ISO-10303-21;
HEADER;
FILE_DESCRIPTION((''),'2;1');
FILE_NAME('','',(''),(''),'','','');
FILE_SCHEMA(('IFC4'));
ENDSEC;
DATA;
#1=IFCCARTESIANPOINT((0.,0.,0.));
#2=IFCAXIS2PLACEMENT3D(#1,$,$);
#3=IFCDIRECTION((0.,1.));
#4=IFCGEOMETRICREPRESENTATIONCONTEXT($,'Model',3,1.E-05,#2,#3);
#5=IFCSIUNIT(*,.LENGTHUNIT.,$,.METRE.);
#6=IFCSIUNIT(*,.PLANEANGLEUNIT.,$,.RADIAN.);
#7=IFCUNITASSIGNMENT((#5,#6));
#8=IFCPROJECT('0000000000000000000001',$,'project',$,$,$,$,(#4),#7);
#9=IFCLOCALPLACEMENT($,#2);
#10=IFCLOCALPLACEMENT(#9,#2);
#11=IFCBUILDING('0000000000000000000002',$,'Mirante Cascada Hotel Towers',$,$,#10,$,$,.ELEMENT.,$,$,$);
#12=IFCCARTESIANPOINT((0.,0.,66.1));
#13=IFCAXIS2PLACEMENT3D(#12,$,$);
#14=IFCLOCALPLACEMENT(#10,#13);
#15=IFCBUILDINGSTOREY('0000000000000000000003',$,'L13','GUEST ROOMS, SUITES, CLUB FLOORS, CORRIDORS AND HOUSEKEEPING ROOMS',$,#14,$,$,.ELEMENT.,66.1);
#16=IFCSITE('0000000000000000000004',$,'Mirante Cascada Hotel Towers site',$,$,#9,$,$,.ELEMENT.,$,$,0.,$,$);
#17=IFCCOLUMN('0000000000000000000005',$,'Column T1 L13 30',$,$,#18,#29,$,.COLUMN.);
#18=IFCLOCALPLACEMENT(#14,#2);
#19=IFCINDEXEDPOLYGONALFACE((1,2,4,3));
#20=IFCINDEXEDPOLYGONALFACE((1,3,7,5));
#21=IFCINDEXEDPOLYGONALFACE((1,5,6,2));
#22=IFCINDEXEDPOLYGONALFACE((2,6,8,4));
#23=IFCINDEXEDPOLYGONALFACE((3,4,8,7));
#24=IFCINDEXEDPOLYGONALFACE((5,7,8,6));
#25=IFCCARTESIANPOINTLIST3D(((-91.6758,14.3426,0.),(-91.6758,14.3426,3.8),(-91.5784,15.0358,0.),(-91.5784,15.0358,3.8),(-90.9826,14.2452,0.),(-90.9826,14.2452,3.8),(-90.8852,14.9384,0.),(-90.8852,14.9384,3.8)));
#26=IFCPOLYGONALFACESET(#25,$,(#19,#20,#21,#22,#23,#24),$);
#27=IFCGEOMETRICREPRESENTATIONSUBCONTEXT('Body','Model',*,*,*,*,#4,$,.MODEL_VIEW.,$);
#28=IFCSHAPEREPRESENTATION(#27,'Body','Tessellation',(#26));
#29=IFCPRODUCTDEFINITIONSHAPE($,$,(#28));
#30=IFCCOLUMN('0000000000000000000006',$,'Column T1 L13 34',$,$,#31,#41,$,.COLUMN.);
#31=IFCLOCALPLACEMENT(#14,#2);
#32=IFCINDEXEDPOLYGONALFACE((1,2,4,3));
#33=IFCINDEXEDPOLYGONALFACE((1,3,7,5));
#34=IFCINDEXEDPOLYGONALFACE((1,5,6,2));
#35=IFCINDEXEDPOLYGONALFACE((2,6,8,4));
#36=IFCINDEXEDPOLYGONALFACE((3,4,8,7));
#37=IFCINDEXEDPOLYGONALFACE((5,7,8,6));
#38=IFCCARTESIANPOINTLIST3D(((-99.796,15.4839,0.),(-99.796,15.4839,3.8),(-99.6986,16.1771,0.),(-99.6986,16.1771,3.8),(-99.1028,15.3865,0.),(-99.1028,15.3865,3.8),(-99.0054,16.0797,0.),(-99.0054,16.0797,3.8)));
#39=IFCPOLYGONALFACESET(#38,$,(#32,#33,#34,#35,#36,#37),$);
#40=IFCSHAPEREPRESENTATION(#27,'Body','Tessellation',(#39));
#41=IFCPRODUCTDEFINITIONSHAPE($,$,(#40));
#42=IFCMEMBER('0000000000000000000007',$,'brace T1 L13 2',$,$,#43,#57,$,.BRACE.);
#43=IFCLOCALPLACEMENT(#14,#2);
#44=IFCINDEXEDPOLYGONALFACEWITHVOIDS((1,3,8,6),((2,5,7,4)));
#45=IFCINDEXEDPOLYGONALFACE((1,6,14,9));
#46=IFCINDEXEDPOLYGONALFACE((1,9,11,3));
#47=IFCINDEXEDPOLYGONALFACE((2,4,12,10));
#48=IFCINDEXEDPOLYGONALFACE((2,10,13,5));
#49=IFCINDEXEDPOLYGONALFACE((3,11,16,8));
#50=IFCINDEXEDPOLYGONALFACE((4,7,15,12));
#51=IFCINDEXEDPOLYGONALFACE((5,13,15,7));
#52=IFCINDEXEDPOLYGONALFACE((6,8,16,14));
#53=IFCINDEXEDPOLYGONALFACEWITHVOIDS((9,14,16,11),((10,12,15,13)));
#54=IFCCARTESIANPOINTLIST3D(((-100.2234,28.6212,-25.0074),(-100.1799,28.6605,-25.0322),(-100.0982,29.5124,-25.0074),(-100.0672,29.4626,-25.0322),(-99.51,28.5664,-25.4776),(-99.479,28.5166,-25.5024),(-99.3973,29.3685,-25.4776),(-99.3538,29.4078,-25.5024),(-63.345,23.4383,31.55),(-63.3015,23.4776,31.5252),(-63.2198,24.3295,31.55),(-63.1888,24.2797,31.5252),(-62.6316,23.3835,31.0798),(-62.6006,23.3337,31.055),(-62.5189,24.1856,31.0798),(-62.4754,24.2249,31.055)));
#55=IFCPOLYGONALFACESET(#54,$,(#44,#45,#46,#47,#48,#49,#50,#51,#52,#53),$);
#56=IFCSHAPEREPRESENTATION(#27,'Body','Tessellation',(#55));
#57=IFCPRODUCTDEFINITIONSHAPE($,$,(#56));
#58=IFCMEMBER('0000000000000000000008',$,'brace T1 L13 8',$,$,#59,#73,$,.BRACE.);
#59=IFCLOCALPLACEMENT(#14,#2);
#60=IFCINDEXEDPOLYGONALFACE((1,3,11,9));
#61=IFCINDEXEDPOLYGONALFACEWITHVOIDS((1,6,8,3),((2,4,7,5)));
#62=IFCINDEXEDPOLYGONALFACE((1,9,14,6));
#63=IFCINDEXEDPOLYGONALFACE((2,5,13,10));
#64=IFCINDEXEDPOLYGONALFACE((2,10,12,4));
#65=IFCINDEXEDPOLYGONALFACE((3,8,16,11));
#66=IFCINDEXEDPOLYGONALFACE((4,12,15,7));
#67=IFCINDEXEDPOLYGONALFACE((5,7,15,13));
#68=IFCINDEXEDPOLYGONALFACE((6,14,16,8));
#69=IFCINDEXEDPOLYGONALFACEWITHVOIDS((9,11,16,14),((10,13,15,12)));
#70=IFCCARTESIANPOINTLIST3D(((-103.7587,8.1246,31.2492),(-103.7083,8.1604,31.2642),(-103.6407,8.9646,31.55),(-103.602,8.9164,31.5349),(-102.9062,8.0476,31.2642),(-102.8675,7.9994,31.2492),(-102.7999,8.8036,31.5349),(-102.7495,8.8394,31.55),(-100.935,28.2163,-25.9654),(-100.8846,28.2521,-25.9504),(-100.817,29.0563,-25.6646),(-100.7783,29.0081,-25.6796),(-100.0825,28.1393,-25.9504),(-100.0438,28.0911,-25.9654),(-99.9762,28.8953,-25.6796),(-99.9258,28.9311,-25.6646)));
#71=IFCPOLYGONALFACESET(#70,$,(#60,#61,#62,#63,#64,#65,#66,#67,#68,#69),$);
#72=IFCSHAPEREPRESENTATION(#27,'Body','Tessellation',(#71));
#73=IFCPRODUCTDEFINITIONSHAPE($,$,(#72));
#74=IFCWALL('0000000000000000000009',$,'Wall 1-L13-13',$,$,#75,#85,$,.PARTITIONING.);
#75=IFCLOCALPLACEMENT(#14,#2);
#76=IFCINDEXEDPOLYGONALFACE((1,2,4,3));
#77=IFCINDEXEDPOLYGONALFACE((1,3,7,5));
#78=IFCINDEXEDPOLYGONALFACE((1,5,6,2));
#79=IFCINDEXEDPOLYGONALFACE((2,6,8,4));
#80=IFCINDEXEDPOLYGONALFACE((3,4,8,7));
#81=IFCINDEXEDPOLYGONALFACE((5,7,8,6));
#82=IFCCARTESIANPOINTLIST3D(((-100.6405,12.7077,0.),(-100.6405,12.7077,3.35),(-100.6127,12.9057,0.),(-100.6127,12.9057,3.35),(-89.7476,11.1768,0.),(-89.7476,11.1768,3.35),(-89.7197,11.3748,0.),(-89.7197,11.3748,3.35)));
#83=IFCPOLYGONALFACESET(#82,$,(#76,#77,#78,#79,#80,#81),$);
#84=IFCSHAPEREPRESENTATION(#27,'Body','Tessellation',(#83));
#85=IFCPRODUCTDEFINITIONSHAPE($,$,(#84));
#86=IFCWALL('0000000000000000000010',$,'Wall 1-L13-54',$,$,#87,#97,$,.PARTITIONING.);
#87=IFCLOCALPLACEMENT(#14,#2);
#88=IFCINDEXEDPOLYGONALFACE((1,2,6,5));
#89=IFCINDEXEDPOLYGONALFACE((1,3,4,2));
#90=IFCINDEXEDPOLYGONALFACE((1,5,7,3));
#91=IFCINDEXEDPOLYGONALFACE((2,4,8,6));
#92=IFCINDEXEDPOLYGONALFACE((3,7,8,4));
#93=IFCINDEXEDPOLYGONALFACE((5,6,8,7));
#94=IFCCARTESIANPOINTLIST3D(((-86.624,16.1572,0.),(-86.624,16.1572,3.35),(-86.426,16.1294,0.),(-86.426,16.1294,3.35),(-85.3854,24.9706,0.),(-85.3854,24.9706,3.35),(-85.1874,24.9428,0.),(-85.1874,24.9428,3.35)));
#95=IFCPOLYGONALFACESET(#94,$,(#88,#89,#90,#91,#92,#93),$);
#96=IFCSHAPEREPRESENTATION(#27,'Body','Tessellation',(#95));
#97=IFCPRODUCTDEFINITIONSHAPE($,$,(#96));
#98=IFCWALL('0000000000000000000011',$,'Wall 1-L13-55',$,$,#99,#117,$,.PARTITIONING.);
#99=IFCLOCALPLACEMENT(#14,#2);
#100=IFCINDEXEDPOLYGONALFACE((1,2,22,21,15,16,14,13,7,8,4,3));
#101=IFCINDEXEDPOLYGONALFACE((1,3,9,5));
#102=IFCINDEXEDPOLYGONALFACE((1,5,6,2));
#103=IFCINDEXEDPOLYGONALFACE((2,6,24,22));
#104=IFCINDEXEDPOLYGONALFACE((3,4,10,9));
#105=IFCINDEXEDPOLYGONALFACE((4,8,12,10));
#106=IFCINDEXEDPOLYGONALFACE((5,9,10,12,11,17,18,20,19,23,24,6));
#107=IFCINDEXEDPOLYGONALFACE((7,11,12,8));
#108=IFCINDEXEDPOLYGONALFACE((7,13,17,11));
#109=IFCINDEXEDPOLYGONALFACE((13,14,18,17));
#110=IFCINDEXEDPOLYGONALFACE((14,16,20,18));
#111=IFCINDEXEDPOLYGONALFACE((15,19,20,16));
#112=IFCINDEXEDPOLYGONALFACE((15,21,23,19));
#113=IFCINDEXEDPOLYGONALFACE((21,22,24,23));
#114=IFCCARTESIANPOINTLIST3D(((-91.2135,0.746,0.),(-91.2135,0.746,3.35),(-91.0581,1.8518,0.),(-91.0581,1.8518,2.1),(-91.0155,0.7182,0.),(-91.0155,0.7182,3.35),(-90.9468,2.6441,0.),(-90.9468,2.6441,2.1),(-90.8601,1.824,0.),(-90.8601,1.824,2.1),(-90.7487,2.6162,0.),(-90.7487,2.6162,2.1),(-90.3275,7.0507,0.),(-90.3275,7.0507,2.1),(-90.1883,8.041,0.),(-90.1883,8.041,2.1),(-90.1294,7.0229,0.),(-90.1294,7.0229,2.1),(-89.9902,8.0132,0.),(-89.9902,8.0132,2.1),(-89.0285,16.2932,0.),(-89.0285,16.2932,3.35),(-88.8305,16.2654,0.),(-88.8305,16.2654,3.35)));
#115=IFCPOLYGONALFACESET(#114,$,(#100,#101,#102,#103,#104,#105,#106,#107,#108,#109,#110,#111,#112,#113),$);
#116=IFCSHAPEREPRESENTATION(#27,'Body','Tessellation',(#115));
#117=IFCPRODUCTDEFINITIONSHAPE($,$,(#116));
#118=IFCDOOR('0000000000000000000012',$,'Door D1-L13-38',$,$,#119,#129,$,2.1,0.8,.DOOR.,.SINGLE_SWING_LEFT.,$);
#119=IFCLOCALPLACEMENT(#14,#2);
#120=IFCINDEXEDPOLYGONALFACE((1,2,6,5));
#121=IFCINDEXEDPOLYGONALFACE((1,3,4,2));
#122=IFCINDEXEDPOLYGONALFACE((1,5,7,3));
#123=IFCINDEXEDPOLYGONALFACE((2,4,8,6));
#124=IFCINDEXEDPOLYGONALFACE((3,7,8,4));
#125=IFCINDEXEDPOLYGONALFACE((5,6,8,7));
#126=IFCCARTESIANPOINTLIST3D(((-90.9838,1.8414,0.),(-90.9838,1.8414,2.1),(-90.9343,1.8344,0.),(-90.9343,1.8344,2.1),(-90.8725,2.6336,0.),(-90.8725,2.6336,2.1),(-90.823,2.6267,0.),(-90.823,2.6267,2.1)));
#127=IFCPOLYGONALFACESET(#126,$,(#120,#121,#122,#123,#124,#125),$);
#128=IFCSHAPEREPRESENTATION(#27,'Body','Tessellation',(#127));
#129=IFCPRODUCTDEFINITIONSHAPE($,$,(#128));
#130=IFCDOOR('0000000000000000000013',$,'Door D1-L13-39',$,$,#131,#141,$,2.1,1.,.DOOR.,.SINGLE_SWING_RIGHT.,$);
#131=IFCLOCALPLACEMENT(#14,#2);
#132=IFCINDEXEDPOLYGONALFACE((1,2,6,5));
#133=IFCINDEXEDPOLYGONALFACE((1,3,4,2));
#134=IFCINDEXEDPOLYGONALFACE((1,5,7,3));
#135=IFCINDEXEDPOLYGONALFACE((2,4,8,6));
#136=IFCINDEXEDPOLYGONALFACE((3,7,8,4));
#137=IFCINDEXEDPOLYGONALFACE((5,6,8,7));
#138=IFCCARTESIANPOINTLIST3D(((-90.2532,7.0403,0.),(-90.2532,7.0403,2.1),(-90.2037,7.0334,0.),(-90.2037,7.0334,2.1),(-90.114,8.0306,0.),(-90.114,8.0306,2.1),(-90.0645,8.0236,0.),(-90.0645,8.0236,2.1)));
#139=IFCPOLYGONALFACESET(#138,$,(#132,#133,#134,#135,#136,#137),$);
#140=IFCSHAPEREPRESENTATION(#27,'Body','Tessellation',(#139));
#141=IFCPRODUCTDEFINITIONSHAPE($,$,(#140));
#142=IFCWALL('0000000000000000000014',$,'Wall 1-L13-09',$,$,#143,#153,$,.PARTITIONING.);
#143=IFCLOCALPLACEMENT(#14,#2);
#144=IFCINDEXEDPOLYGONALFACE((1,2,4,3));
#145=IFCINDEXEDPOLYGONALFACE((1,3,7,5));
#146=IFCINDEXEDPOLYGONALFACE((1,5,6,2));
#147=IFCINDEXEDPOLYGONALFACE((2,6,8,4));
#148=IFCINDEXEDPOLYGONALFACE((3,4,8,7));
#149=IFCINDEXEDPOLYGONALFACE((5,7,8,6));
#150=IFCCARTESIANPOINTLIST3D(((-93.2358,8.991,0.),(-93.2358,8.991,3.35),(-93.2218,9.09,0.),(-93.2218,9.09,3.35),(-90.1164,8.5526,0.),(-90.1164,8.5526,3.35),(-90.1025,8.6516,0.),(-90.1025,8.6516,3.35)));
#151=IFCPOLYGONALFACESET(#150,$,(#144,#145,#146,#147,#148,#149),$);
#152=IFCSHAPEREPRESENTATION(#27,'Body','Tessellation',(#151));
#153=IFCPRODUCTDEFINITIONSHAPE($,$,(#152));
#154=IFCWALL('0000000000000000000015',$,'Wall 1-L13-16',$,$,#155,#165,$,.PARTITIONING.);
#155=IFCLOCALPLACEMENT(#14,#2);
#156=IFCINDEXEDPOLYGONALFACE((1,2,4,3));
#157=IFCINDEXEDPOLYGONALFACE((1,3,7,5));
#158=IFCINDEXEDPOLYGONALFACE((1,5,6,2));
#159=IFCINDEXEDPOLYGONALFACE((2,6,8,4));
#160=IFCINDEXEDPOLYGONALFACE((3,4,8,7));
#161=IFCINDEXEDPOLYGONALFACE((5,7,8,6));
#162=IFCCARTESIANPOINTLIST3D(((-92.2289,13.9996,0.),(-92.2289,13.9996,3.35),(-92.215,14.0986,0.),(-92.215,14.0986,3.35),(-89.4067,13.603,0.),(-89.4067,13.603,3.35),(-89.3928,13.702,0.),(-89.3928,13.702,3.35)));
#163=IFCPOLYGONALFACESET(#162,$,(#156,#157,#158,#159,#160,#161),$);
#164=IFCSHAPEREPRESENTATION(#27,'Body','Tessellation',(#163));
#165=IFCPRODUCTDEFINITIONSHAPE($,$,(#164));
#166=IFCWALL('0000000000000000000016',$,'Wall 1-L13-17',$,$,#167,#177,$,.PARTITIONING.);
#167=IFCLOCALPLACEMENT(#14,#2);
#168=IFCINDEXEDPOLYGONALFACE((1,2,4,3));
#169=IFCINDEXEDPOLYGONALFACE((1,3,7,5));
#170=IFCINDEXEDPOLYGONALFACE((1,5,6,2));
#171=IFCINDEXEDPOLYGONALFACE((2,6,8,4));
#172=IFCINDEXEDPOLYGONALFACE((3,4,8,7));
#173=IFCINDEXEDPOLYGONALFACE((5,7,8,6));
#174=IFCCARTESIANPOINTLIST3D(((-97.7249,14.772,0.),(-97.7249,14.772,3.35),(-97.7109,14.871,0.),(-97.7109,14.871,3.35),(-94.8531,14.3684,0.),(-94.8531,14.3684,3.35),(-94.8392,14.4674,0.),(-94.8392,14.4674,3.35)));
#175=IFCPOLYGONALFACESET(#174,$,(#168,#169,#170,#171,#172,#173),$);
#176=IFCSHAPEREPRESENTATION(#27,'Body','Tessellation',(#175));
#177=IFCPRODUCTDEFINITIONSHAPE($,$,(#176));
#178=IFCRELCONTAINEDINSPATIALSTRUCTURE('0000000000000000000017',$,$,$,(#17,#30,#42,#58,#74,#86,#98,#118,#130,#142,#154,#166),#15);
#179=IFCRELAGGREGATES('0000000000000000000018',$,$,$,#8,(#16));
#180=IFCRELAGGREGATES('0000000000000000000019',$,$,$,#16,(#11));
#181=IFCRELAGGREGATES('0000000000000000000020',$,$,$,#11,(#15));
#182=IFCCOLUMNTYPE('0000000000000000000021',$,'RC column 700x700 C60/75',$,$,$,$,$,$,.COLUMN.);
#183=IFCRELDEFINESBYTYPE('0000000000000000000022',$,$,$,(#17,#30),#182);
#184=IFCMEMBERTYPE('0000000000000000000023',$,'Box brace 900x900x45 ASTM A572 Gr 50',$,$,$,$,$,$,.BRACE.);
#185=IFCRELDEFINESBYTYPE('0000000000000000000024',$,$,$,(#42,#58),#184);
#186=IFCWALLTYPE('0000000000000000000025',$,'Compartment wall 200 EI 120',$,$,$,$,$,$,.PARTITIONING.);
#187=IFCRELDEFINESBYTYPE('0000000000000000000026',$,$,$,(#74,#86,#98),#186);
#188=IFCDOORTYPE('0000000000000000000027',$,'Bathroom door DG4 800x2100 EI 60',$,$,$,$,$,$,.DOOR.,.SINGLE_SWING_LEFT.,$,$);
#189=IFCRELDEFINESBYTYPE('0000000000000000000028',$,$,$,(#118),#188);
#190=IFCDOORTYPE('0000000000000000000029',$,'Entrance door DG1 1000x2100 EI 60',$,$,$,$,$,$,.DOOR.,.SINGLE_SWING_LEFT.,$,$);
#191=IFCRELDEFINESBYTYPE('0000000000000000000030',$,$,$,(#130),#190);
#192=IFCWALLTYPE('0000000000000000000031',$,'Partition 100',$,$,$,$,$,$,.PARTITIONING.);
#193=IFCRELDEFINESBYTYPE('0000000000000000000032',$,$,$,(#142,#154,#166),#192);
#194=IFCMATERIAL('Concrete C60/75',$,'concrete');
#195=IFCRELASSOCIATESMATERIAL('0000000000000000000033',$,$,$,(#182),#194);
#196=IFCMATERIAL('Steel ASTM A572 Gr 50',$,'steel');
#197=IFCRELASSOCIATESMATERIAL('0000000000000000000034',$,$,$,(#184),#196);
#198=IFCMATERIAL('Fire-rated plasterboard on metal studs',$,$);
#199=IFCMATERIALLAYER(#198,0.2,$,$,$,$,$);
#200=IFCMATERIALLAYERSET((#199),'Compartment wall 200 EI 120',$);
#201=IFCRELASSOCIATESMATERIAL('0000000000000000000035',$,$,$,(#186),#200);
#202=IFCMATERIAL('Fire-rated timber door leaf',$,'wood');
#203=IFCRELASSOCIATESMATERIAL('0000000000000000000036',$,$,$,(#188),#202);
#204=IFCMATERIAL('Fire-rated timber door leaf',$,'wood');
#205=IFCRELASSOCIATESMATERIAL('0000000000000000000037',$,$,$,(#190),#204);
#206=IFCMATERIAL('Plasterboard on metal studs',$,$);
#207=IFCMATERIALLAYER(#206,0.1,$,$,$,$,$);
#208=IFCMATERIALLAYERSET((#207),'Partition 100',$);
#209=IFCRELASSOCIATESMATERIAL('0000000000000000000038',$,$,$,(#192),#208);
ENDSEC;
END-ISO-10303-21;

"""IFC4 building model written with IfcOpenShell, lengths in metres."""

from ifc_helpers import new_model, si_unit, direction, frame, frame_2d, origin, origin_2d, place, context, subcontext, project, spatial, rectangle, hollow_rectangle, extrude, material, layer, layer_set, material_profile, profile_set, type_object, element, fill, save


model = new_model("IFC4")

# Units and contexts
model_context = context("Model", 3, precision=1e-05, world=origin(), true_north=direction((0.0, 1.0)))
body_context = subcontext(model_context, "Body", "Model", "MODEL_VIEW")
ifc_project = project(units=[si_unit("LENGTHUNIT", "METRE"), si_unit("PLANEANGLEUNIT", "RADIAN")], contexts=[model_context])

# Site, building, storey
site_placement = place(None, origin())
site = spatial("IfcSite", under=ifc_project, at=site_placement, Name="Mirante Cascada Hotel Towers site", CompositionType="ELEMENT", RefElevation=0.0)
building_placement = place(site_placement, origin())
building = spatial("IfcBuilding", under=site, at=building_placement, Name="Mirante Cascada Hotel Towers", CompositionType="ELEMENT")
storey_placement = place(building_placement, frame((0.0, 0.0, 66.1)))
storey = spatial("IfcBuildingStorey", under=building, at=storey_placement, Name="L13", Description="GUEST ROOMS, SUITES, CLUB FLOORS, CORRIDORS AND HOUSEKEEPING ROOMS", CompositionType="ELEMENT", Elevation=66.1)

# Columns
ifc_material_1 = material(Name="Concrete C60/75", Category="concrete")
ifc_material_profile_1 = material_profile(ifc_material_1, rectangle(XDim=0.7, YDim=0.7, at=origin_2d()), Name="RC column 700x700 C60/75")
ifc_profile_set_1 = profile_set([ifc_material_profile_1], Name="Concrete C60/75")
column_type = type_object("IfcColumnType", Name="RC column 700x700 C60/75", PredefinedType="COLUMN", material=ifc_profile_set_1)
for number, where, z_axis, x_axis, name in (
    (1, (-91.2805, 14.6405, 0.0), (0.0, 0.0, 1.0), (-0.990268, 0.139173, 0.0), "Column T1 L13 30"),
    (2, (-99.4007, 15.7818, 0.0), (0.0, 0.0, 1.0), (-0.990268, 0.139173, 0.0), "Column T1 L13 34"),
):
    element("IfcColumn", number, at=place(storey_placement, frame(where, z_axis=z_axis, x_axis=x_axis)), inside=storey, type_object=column_type, Name=name, PredefinedType="COLUMN", context=body_context, shape_type="SweptSolid", body=[
        extrude(rectangle(XDim=0.7, YDim=0.7, at=origin_2d()), origin(), (0.0, 0.0, 1.0), 3.8),
    ])

# Members
ifc_material_2 = material(Name="Steel ASTM A572 Gr 50", Category="steel")
ifc_material_profile_2 = material_profile(ifc_material_2, hollow_rectangle(XDim=0.9, YDim=0.9, WallThickness=0.045, at=origin_2d()), Name="Box brace 900x900x45 ASTM A572 Gr 50")
ifc_profile_set_2 = profile_set([ifc_material_profile_2], Name="Steel ASTM A572 Gr 50")
member_type = type_object("IfcMemberType", Name="Box brace 900x900x45 ASTM A572 Gr 50", PredefinedType="BRACE", material=ifc_profile_set_2)
member_1_placement = place(storey_placement, frame((-99.7886, 29.0145, -25.2549), z_axis=(0.544594, -0.076537, 0.8352), x_axis=(0.139173, 0.990268, 0.0)))
element("IfcMember", 3, at=member_1_placement, inside=storey, type_object=member_type, Name="brace T1 L13 2", PredefinedType="BRACE", context=body_context, shape_type="SweptSolid", body=[
    extrude(hollow_rectangle(XDim=0.9, YDim=0.9, WallThickness=0.045, at=origin_2d()), origin(), (0.0, 0.0, 1.0), 67.7172),
])
member_2_placement = place(storey_placement, frame((-100.4304, 28.5737, -25.815), z_axis=(-0.046515, -0.33097, 0.942494), x_axis=(0.990268, -0.139173, 0.0)))
element("IfcMember", 4, at=member_2_placement, inside=storey, type_object=member_type, Name="brace T1 L13 8", PredefinedType="BRACE", context=body_context, shape_type="SweptSolid", body=[
    extrude(hollow_rectangle(XDim=0.9, YDim=0.9, WallThickness=0.045, at=origin_2d()), origin(), (0.0, 0.0, 1.0), 60.7055),
])

# Walls
ifc_material_3 = material(Name="Fire-rated plasterboard on metal studs")
ifc_layer_1 = layer(ifc_material_3, 0.2)
ifc_layer_set_1 = layer_set([ifc_layer_1], Name="Compartment wall 200 EI 120")
wall_type_1 = type_object("IfcWallType", Name="Compartment wall 200 EI 120", PredefinedType="PARTITIONING", material=ifc_layer_set_1)
wall_1_placement = place(storey_placement, frame((-100.6266, 12.8067, 0.0), z_axis=(0.0, 0.0, 1.0), x_axis=(0.990268, -0.139173, 0.0)))
element("IfcWall", 5, at=wall_1_placement, inside=storey, type_object=wall_type_1, Name="Wall 1-L13-13", PredefinedType="PARTITIONING", context=body_context, shape_type="SweptSolid", body=[
    extrude(rectangle(XDim=11.0, YDim=0.2, at=frame_2d((5.5, 0.0))), origin(), (0.0, 0.0, 1.0), 3.35),
])
wall_2_placement = place(storey_placement, frame((-86.525, 16.1433, 0.0), z_axis=(0.0, 0.0, 1.0), x_axis=(0.139168, 0.990269, 0.0)))
element("IfcWall", 6, at=wall_2_placement, inside=storey, type_object=wall_type_1, Name="Wall 1-L13-54", PredefinedType="PARTITIONING", context=body_context, shape_type="SweptSolid", body=[
    extrude(rectangle(XDim=8.9, YDim=0.2, at=frame_2d((4.45, 0.0))), origin(), (0.0, 0.0, 1.0), 3.35),
])

# Wall, openings, doors
wall_3_placement = place(storey_placement, frame((-88.9295, 16.2793, 0.0), z_axis=(0.0, 0.0, 1.0), x_axis=(-0.139172, -0.990268, 0.0)))
wall_3 = element("IfcWall", 7, at=wall_3_placement, inside=storey, type_object=wall_type_1, Name="Wall 1-L13-55", PredefinedType="PARTITIONING", context=body_context, shape_type="SweptSolid", body=[
    extrude(rectangle(XDim=15.7, YDim=0.2, at=frame_2d((7.85, 0.0))), origin(), (0.0, 0.0, 1.0), 3.35),
])
opening_1_placement = place(wall_3_placement, frame((13.7833, 0.0, 0.0)))
opening_1 = element("IfcOpeningElement", 8, at=opening_1_placement, cuts=wall_3, PredefinedType="OPENING", context=body_context, shape_type="SweptSolid", body=[
    extrude(rectangle(XDim=0.8, YDim=2.1, at=frame_2d((0.4, 1.05))), frame((0.0, 0.1, 0.0), z_axis=(0.0, -1.0, 0.0), x_axis=(1.0, 0.0, 0.0)), (0.0, 0.0, 1.0), 0.2),
])
opening_2_placement = place(wall_3_placement, frame((8.3333, 0.0, 0.0)))
opening_2 = element("IfcOpeningElement", 9, at=opening_2_placement, cuts=wall_3, PredefinedType="OPENING", context=body_context, shape_type="SweptSolid", body=[
    extrude(rectangle(XDim=1.0, YDim=2.1, at=frame_2d((0.5, 1.05))), frame((0.0, 0.1, 0.0), z_axis=(0.0, -1.0, 0.0), x_axis=(1.0, 0.0, 0.0)), (0.0, 0.0, 1.0), 0.2),
])
ifc_material_4 = material(Name="Fire-rated timber door leaf", Category="wood")
door_type_1 = type_object("IfcDoorType", Name="Bathroom door DG4 800x2100 EI 60", OperationType="SINGLE_SWING_LEFT", PredefinedType="DOOR", material=ifc_material_4)
door_1_placement = place(opening_1_placement, origin())
door_1 = element("IfcDoor", 10, at=door_1_placement, inside=storey, type_object=door_type_1, Name="Door D1-L13-38", OperationType="SINGLE_SWING_LEFT", OverallHeight=2.1, OverallWidth=0.8, PredefinedType="DOOR", context=body_context, shape_type="SweptSolid", body=[
    extrude(rectangle(XDim=0.8, YDim=2.1, at=frame_2d((0.4, 1.05))), frame((0.0, 0.025, 0.0), z_axis=(0.0, -1.0, 0.0), x_axis=(1.0, 0.0, 0.0)), (0.0, 0.0, 1.0), 0.05),
])
fill(opening_1, door_1)
ifc_material_5 = material(Name="Fire-rated timber door leaf", Category="wood")
door_type_2 = type_object("IfcDoorType", Name="Entrance door DG1 1000x2100 EI 60", OperationType="SINGLE_SWING_LEFT", PredefinedType="DOOR", material=ifc_material_5)
door_2_placement = place(opening_2_placement, frame((1.0, 0.0, 0.0), z_axis=(0.0, 0.0, 1.0), x_axis=(-1.0, 0.0, 0.0)))
door_2 = element("IfcDoor", 11, at=door_2_placement, inside=storey, type_object=door_type_2, Name="Door D1-L13-39", OperationType="SINGLE_SWING_RIGHT", OverallHeight=2.1, OverallWidth=1.0, PredefinedType="DOOR", context=body_context, shape_type="SweptSolid", body=[
    extrude(rectangle(XDim=1.0, YDim=2.1, at=frame_2d((0.5, 1.05))), frame((0.0, 0.025, 0.0), z_axis=(0.0, -1.0, 0.0), x_axis=(1.0, 0.0, 0.0)), (0.0, 0.0, 1.0), 0.05),
])
fill(opening_2, door_2)

# Walls
ifc_material_6 = material(Name="Plasterboard on metal studs")
ifc_layer_2 = layer(ifc_material_6, 0.1)
ifc_layer_set_2 = layer_set([ifc_layer_2], Name="Partition 100")
wall_type_2 = type_object("IfcWallType", Name="Partition 100", PredefinedType="PARTITIONING", material=ifc_layer_set_2)
wall_4_placement = place(storey_placement, frame((-93.2288, 9.0405, 0.0), z_axis=(0.0, 0.0, 1.0), x_axis=(0.990268, -0.139177, 0.0)))
element("IfcWall", 12, at=wall_4_placement, inside=storey, type_object=wall_type_2, Name="Wall 1-L13-09", PredefinedType="PARTITIONING", context=body_context, shape_type="SweptSolid", body=[
    extrude(rectangle(XDim=3.15, YDim=0.1, at=frame_2d((1.575, 0.0))), origin(), (0.0, 0.0, 1.0), 3.35),
])
wall_5_placement = place(storey_placement, frame((-89.3997, 13.6525, 0.0), z_axis=(0.0, 0.0, 1.0), x_axis=(-0.99027, 0.139161, 0.0)))
element("IfcWall", 13, at=wall_5_placement, inside=storey, type_object=wall_type_2, Name="Wall 1-L13-16", PredefinedType="PARTITIONING", context=body_context, shape_type="SweptSolid", body=[
    extrude(rectangle(XDim=2.8499, YDim=0.1, at=frame_2d((1.425, 0.0))), origin(), (0.0, 0.0, 1.0), 3.35),
])
wall_6_placement = place(storey_placement, frame((-97.7179, 14.8215, 0.0), z_axis=(0.0, 0.0, 1.0), x_axis=(0.990268, -0.139171, 0.0)))
element("IfcWall", 14, at=wall_6_placement, inside=storey, type_object=wall_type_2, Name="Wall 1-L13-17", PredefinedType="PARTITIONING", context=body_context, shape_type="SweptSolid", body=[
    extrude(rectangle(XDim=2.9, YDim=0.1, at=frame_2d((1.45, 0.0))), origin(), (0.0, 0.0, 1.0), 3.35),
])

save(model, "model.ifc")
